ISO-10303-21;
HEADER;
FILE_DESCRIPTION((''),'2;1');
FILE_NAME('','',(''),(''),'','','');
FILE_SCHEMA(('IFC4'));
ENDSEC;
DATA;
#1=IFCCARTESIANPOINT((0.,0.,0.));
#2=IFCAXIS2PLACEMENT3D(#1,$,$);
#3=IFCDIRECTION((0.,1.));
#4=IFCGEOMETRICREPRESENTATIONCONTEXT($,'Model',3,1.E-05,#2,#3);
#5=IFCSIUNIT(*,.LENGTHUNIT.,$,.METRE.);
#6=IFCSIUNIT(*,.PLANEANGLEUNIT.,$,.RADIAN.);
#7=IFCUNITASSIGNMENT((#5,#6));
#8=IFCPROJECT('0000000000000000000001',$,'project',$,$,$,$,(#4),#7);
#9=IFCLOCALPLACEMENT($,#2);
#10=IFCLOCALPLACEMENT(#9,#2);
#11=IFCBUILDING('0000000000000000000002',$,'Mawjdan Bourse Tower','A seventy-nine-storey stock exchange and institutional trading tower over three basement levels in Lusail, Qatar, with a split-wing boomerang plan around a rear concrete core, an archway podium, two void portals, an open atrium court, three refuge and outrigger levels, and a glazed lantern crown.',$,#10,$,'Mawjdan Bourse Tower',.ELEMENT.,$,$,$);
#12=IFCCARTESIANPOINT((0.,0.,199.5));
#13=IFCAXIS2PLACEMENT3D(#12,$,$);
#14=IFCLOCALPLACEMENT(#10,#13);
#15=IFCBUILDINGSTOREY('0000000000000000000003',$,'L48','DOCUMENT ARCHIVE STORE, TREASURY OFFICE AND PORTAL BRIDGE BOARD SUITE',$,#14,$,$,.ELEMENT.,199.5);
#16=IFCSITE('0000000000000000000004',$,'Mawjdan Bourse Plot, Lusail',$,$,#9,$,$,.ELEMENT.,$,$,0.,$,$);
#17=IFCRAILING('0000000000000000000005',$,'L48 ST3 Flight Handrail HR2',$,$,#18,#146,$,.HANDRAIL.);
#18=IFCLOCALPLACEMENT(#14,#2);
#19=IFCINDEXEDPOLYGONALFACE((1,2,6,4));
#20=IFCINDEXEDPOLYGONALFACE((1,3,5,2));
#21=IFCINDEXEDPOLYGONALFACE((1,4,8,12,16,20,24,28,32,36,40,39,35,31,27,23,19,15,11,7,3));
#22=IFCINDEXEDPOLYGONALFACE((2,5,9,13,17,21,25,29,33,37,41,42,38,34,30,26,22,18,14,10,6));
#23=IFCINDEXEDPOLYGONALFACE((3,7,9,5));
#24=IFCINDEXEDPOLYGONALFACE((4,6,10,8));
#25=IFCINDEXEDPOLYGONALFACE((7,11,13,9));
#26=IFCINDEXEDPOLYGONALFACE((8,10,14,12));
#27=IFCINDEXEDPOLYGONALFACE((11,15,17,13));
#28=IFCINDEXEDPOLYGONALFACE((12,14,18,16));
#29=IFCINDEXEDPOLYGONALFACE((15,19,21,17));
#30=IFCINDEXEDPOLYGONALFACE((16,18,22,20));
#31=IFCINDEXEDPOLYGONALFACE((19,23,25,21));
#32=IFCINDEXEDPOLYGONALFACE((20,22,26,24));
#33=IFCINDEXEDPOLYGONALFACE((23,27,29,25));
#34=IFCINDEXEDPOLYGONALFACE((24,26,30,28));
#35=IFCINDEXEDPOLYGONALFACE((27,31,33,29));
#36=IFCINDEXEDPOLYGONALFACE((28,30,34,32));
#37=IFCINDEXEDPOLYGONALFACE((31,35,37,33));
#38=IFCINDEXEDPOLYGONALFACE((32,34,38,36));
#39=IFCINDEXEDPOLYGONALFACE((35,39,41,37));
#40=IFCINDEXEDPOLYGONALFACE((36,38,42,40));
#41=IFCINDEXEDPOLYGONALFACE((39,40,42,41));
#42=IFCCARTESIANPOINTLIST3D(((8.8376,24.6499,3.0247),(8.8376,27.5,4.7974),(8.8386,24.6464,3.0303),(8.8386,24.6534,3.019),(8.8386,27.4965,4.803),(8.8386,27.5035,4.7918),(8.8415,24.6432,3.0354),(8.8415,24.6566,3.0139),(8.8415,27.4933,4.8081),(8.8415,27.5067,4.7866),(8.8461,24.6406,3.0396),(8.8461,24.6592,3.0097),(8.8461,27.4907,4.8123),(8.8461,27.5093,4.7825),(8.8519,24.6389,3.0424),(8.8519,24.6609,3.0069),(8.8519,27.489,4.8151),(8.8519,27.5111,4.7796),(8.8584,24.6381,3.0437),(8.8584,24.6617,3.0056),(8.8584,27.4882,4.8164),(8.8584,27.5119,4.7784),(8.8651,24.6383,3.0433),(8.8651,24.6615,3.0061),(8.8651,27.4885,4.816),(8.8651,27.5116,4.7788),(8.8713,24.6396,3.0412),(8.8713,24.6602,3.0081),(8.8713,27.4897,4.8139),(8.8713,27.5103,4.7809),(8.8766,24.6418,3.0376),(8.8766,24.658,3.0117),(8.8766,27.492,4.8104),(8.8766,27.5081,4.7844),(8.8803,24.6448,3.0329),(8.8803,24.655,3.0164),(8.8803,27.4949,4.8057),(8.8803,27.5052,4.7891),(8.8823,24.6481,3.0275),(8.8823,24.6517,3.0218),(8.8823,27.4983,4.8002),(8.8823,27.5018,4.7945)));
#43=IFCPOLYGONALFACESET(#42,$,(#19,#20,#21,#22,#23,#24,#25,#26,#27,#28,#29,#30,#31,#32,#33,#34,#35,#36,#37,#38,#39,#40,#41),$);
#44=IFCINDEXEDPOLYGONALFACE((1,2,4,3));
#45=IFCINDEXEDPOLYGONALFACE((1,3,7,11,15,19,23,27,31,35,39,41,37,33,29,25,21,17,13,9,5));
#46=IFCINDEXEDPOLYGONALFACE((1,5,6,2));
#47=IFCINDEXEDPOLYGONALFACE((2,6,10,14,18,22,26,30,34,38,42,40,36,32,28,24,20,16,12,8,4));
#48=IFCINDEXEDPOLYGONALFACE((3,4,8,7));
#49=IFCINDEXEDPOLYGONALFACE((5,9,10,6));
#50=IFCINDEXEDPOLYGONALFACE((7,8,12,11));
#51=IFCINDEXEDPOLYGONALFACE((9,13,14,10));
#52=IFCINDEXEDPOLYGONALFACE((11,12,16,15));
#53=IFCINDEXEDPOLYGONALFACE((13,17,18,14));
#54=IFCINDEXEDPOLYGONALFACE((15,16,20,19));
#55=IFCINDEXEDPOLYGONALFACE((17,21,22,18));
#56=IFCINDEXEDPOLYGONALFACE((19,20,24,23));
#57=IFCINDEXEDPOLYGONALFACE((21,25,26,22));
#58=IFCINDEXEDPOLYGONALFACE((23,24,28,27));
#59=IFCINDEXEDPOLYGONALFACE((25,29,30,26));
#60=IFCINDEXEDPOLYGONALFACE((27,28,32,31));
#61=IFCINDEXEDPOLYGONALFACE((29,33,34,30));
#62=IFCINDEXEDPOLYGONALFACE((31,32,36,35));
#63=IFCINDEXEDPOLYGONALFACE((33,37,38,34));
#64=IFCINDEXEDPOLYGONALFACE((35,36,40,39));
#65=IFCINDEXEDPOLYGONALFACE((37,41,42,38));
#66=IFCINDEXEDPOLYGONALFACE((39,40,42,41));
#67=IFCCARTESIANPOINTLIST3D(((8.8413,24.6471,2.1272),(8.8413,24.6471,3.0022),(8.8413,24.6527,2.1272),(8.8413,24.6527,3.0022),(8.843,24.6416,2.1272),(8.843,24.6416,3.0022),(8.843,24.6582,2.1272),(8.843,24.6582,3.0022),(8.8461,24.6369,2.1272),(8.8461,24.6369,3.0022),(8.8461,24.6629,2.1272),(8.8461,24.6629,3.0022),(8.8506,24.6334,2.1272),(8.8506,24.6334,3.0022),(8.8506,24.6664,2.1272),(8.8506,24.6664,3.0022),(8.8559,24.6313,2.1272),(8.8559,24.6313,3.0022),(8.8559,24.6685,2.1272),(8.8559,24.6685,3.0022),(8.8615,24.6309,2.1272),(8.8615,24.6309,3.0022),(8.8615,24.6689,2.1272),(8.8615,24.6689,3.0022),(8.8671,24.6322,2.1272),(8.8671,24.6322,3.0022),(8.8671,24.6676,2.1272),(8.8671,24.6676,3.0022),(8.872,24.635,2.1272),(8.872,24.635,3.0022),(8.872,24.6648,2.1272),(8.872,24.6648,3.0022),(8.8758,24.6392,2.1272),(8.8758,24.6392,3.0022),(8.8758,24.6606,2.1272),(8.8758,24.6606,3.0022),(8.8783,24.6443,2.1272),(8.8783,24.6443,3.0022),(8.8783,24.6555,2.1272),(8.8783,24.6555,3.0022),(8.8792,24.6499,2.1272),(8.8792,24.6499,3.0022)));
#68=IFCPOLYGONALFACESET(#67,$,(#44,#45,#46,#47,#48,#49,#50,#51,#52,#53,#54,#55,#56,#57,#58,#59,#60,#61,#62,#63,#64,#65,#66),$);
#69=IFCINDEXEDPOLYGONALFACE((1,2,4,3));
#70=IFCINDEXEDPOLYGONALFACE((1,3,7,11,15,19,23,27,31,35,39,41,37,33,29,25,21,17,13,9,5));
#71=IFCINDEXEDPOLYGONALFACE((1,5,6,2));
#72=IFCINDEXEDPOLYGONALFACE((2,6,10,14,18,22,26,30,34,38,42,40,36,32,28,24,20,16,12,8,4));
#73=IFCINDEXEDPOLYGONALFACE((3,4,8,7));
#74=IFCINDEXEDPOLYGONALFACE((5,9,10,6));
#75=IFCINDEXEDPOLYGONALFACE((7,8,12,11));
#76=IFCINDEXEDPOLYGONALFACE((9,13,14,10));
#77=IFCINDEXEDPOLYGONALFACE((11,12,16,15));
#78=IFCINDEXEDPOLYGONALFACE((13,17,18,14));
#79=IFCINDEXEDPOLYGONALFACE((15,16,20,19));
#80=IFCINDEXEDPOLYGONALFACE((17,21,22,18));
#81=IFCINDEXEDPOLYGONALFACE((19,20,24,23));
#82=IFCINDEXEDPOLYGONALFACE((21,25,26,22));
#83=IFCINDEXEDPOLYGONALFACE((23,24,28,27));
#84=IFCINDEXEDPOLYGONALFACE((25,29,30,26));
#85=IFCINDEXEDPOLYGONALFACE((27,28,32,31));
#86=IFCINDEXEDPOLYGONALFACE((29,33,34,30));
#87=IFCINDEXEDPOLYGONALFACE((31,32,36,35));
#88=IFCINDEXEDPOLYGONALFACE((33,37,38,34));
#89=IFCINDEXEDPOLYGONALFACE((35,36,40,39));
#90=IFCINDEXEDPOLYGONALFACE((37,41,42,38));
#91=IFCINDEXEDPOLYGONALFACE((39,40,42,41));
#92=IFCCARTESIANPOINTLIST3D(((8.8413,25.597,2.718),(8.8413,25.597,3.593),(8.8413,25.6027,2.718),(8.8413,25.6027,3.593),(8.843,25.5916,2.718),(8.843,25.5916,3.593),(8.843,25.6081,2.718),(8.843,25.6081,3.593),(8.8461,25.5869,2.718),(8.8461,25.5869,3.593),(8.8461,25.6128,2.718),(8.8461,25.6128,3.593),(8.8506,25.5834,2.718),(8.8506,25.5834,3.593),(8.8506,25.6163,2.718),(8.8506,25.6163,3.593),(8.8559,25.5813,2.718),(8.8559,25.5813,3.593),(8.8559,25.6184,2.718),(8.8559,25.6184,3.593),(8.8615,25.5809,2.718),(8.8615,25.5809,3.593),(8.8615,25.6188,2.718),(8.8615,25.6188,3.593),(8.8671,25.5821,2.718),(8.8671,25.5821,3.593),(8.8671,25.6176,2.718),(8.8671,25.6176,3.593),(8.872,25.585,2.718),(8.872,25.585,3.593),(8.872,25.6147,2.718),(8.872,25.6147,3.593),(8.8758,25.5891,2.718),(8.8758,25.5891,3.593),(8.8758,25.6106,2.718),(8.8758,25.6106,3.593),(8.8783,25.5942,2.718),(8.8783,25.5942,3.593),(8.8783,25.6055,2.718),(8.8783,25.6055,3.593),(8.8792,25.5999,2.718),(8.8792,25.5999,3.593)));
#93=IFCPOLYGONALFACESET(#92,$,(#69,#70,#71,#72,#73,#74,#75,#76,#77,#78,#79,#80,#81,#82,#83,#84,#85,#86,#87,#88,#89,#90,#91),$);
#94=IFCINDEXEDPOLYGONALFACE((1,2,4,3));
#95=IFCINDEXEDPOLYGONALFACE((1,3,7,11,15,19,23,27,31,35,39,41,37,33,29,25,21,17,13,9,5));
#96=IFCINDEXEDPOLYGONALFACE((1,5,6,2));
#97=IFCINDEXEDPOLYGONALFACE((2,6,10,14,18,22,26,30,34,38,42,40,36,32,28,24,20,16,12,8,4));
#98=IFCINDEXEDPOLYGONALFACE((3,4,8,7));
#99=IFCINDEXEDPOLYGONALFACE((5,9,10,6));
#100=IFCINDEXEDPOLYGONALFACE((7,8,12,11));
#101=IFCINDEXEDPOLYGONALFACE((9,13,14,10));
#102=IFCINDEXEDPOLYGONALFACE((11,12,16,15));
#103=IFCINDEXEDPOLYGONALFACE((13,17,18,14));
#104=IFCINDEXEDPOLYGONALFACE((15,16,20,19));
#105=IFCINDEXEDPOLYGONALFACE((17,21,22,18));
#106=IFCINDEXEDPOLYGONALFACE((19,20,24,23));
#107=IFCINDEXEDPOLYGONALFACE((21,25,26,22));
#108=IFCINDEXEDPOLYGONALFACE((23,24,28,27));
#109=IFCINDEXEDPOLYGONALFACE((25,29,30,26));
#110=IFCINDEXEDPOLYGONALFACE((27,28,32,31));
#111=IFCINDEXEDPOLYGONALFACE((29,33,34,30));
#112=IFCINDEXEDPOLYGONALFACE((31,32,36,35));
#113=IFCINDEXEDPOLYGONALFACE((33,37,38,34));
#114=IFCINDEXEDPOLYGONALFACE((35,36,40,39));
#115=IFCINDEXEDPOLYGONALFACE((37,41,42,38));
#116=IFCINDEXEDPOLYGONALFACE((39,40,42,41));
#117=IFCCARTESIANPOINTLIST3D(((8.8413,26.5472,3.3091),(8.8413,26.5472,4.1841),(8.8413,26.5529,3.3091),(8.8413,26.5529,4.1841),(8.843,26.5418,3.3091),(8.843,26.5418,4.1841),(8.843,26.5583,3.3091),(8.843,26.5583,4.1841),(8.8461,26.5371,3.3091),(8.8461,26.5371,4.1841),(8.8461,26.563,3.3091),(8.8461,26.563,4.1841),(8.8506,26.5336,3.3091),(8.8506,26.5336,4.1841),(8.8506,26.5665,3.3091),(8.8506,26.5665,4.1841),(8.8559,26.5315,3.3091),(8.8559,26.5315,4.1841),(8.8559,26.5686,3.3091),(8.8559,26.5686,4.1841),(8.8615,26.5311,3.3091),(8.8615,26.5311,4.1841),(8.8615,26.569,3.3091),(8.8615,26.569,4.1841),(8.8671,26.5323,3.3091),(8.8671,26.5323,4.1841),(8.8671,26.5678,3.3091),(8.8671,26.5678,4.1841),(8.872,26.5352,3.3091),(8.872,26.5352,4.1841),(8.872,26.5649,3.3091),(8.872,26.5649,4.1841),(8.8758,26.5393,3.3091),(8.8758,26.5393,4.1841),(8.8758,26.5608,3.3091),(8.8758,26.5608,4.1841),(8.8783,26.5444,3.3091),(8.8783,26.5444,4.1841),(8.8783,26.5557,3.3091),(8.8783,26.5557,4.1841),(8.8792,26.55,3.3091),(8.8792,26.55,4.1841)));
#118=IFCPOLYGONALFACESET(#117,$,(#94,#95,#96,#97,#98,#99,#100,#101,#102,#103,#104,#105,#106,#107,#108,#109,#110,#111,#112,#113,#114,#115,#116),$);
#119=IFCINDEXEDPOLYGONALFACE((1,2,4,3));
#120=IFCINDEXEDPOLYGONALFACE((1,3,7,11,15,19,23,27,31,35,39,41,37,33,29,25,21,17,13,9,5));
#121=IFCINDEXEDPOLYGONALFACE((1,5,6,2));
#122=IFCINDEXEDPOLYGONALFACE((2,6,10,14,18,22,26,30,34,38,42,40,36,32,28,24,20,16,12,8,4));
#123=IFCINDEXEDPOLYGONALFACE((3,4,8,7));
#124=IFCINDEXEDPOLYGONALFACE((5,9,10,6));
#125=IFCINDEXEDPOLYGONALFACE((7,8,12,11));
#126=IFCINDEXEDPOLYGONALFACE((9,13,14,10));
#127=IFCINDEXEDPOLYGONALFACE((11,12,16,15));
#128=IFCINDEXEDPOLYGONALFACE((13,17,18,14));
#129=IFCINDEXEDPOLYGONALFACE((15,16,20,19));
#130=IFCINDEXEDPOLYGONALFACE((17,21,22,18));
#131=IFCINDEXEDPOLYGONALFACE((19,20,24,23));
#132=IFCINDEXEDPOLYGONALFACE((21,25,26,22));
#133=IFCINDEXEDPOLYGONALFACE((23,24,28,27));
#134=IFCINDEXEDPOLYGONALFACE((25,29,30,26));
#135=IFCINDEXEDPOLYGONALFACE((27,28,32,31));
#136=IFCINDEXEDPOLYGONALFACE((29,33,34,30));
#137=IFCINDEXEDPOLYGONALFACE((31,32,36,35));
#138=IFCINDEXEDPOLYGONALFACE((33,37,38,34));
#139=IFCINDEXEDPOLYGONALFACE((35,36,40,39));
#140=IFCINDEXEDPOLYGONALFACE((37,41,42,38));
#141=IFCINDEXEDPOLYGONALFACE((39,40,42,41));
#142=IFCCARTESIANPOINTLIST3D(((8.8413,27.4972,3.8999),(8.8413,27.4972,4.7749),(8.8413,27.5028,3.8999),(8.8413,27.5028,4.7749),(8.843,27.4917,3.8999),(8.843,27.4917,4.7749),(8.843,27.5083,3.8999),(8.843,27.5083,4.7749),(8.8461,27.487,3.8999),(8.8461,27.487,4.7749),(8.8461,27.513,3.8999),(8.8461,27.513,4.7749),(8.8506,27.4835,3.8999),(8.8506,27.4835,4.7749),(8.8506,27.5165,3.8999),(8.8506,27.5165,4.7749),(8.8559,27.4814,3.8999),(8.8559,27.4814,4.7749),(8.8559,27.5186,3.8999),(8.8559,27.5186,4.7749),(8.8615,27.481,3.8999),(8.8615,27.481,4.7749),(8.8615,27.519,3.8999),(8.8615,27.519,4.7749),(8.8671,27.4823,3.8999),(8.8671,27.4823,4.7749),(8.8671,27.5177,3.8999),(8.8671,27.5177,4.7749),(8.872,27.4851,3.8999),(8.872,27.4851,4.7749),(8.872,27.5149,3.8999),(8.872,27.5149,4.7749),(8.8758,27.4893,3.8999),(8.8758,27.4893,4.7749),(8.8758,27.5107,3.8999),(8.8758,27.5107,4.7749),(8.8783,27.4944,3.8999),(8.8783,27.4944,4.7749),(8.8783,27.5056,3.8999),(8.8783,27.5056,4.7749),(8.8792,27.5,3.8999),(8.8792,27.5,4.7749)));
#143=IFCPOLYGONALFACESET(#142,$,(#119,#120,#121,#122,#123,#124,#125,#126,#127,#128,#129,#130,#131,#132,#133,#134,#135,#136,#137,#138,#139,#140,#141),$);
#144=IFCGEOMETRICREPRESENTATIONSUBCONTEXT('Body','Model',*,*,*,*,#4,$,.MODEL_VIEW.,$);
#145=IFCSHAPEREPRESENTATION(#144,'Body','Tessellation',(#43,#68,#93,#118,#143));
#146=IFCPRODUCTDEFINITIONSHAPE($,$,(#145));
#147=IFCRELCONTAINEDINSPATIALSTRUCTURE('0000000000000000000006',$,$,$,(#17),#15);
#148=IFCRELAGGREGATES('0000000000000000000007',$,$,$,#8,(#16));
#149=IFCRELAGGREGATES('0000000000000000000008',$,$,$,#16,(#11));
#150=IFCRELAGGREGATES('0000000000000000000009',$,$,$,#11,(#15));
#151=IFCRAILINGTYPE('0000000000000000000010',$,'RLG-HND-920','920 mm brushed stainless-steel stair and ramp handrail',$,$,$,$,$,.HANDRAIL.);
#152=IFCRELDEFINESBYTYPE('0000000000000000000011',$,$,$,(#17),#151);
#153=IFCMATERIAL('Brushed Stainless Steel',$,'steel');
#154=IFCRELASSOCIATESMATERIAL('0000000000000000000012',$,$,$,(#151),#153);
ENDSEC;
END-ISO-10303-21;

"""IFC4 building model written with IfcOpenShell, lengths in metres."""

from ifc_helpers import new_model, si_unit, direction, frame, origin, origin_2d, place, context, subcontext, project, spatial, circle, extrude, material, type_object, element, save


model = new_model("IFC4")

# Units and contexts
model_context = context("Model", 3, precision=1e-05, world=origin(), true_north=direction((0.0, 1.0)))
body_context = subcontext(model_context, "Body", "Model", "MODEL_VIEW")
ifc_project = project(units=[si_unit("LENGTHUNIT", "METRE"), si_unit("PLANEANGLEUNIT", "RADIAN")], contexts=[model_context])

# Site, building, storey
site_placement = place(None, origin())
site = spatial("IfcSite", under=ifc_project, at=site_placement, Name="Mawjdan Bourse Plot, Lusail", CompositionType="ELEMENT", RefElevation=0.0)
building_placement = place(site_placement, origin())
building = spatial("IfcBuilding", under=site, at=building_placement, Name="Mawjdan Bourse Tower", Description="A seventy-nine-storey stock exchange and institutional trading tower over three basement levels in Lusail, Qatar, with a split-wing boomerang plan around a rear concrete core, an archway podium, two void portals, an open atrium court, three refuge and outrigger levels, and a glazed lantern crown.", LongName="Mawjdan Bourse Tower", CompositionType="ELEMENT")
storey_placement = place(building_placement, frame((0.0, 0.0, 199.5)))
storey = spatial("IfcBuildingStorey", under=building, at=storey_placement, Name="L48", Description="DOCUMENT ARCHIVE STORE, TREASURY OFFICE AND PORTAL BRIDGE BOARD SUITE", CompositionType="ELEMENT", Elevation=199.5)

# Railing
ifc_material_1 = material(Name="Brushed Stainless Steel", Category="steel")
railing_type_1 = type_object("IfcRailingType", Name="RLG-HND-920", Description="920 mm brushed stainless-steel stair and ramp handrail", PredefinedType="HANDRAIL", material=ifc_material_1)
railing_placement = place(storey_placement, frame((8.8601, 24.6499, 2.1272)))
element("IfcRailing", 1, at=railing_placement, inside=storey, type_object=railing_type_1, Name="L48 ST3 Flight Handrail HR2", PredefinedType="HANDRAIL", context=body_context, shape_type="SweptSolid", body=[
    extrude(circle(Radius=0.0225, at=origin_2d()), frame((0.0, 0.0, 0.8975), z_axis=(0.0, 0.849149, 0.528154), x_axis=(-1.0, 0.0, 0.0)), (0.0, 0.0, 1.0), 3.3564),
    extrude(circle(Radius=0.019, at=origin_2d()), origin(), (0.0, 0.0, 1.0), 0.875),
    extrude(circle(Radius=0.019, at=origin_2d()), frame((0.0, 0.95, 0.5908)), (0.0, 0.0, 1.0), 0.875),
    extrude(circle(Radius=0.019, at=origin_2d()), frame((0.0, 1.9001, 1.1819)), (0.0, 0.0, 1.0), 0.875),
    extrude(circle(Radius=0.019, at=origin_2d()), frame((0.0, 2.8501, 1.7727)), (0.0, 0.0, 1.0), 0.875),
])

save(model, "model.ifc")
